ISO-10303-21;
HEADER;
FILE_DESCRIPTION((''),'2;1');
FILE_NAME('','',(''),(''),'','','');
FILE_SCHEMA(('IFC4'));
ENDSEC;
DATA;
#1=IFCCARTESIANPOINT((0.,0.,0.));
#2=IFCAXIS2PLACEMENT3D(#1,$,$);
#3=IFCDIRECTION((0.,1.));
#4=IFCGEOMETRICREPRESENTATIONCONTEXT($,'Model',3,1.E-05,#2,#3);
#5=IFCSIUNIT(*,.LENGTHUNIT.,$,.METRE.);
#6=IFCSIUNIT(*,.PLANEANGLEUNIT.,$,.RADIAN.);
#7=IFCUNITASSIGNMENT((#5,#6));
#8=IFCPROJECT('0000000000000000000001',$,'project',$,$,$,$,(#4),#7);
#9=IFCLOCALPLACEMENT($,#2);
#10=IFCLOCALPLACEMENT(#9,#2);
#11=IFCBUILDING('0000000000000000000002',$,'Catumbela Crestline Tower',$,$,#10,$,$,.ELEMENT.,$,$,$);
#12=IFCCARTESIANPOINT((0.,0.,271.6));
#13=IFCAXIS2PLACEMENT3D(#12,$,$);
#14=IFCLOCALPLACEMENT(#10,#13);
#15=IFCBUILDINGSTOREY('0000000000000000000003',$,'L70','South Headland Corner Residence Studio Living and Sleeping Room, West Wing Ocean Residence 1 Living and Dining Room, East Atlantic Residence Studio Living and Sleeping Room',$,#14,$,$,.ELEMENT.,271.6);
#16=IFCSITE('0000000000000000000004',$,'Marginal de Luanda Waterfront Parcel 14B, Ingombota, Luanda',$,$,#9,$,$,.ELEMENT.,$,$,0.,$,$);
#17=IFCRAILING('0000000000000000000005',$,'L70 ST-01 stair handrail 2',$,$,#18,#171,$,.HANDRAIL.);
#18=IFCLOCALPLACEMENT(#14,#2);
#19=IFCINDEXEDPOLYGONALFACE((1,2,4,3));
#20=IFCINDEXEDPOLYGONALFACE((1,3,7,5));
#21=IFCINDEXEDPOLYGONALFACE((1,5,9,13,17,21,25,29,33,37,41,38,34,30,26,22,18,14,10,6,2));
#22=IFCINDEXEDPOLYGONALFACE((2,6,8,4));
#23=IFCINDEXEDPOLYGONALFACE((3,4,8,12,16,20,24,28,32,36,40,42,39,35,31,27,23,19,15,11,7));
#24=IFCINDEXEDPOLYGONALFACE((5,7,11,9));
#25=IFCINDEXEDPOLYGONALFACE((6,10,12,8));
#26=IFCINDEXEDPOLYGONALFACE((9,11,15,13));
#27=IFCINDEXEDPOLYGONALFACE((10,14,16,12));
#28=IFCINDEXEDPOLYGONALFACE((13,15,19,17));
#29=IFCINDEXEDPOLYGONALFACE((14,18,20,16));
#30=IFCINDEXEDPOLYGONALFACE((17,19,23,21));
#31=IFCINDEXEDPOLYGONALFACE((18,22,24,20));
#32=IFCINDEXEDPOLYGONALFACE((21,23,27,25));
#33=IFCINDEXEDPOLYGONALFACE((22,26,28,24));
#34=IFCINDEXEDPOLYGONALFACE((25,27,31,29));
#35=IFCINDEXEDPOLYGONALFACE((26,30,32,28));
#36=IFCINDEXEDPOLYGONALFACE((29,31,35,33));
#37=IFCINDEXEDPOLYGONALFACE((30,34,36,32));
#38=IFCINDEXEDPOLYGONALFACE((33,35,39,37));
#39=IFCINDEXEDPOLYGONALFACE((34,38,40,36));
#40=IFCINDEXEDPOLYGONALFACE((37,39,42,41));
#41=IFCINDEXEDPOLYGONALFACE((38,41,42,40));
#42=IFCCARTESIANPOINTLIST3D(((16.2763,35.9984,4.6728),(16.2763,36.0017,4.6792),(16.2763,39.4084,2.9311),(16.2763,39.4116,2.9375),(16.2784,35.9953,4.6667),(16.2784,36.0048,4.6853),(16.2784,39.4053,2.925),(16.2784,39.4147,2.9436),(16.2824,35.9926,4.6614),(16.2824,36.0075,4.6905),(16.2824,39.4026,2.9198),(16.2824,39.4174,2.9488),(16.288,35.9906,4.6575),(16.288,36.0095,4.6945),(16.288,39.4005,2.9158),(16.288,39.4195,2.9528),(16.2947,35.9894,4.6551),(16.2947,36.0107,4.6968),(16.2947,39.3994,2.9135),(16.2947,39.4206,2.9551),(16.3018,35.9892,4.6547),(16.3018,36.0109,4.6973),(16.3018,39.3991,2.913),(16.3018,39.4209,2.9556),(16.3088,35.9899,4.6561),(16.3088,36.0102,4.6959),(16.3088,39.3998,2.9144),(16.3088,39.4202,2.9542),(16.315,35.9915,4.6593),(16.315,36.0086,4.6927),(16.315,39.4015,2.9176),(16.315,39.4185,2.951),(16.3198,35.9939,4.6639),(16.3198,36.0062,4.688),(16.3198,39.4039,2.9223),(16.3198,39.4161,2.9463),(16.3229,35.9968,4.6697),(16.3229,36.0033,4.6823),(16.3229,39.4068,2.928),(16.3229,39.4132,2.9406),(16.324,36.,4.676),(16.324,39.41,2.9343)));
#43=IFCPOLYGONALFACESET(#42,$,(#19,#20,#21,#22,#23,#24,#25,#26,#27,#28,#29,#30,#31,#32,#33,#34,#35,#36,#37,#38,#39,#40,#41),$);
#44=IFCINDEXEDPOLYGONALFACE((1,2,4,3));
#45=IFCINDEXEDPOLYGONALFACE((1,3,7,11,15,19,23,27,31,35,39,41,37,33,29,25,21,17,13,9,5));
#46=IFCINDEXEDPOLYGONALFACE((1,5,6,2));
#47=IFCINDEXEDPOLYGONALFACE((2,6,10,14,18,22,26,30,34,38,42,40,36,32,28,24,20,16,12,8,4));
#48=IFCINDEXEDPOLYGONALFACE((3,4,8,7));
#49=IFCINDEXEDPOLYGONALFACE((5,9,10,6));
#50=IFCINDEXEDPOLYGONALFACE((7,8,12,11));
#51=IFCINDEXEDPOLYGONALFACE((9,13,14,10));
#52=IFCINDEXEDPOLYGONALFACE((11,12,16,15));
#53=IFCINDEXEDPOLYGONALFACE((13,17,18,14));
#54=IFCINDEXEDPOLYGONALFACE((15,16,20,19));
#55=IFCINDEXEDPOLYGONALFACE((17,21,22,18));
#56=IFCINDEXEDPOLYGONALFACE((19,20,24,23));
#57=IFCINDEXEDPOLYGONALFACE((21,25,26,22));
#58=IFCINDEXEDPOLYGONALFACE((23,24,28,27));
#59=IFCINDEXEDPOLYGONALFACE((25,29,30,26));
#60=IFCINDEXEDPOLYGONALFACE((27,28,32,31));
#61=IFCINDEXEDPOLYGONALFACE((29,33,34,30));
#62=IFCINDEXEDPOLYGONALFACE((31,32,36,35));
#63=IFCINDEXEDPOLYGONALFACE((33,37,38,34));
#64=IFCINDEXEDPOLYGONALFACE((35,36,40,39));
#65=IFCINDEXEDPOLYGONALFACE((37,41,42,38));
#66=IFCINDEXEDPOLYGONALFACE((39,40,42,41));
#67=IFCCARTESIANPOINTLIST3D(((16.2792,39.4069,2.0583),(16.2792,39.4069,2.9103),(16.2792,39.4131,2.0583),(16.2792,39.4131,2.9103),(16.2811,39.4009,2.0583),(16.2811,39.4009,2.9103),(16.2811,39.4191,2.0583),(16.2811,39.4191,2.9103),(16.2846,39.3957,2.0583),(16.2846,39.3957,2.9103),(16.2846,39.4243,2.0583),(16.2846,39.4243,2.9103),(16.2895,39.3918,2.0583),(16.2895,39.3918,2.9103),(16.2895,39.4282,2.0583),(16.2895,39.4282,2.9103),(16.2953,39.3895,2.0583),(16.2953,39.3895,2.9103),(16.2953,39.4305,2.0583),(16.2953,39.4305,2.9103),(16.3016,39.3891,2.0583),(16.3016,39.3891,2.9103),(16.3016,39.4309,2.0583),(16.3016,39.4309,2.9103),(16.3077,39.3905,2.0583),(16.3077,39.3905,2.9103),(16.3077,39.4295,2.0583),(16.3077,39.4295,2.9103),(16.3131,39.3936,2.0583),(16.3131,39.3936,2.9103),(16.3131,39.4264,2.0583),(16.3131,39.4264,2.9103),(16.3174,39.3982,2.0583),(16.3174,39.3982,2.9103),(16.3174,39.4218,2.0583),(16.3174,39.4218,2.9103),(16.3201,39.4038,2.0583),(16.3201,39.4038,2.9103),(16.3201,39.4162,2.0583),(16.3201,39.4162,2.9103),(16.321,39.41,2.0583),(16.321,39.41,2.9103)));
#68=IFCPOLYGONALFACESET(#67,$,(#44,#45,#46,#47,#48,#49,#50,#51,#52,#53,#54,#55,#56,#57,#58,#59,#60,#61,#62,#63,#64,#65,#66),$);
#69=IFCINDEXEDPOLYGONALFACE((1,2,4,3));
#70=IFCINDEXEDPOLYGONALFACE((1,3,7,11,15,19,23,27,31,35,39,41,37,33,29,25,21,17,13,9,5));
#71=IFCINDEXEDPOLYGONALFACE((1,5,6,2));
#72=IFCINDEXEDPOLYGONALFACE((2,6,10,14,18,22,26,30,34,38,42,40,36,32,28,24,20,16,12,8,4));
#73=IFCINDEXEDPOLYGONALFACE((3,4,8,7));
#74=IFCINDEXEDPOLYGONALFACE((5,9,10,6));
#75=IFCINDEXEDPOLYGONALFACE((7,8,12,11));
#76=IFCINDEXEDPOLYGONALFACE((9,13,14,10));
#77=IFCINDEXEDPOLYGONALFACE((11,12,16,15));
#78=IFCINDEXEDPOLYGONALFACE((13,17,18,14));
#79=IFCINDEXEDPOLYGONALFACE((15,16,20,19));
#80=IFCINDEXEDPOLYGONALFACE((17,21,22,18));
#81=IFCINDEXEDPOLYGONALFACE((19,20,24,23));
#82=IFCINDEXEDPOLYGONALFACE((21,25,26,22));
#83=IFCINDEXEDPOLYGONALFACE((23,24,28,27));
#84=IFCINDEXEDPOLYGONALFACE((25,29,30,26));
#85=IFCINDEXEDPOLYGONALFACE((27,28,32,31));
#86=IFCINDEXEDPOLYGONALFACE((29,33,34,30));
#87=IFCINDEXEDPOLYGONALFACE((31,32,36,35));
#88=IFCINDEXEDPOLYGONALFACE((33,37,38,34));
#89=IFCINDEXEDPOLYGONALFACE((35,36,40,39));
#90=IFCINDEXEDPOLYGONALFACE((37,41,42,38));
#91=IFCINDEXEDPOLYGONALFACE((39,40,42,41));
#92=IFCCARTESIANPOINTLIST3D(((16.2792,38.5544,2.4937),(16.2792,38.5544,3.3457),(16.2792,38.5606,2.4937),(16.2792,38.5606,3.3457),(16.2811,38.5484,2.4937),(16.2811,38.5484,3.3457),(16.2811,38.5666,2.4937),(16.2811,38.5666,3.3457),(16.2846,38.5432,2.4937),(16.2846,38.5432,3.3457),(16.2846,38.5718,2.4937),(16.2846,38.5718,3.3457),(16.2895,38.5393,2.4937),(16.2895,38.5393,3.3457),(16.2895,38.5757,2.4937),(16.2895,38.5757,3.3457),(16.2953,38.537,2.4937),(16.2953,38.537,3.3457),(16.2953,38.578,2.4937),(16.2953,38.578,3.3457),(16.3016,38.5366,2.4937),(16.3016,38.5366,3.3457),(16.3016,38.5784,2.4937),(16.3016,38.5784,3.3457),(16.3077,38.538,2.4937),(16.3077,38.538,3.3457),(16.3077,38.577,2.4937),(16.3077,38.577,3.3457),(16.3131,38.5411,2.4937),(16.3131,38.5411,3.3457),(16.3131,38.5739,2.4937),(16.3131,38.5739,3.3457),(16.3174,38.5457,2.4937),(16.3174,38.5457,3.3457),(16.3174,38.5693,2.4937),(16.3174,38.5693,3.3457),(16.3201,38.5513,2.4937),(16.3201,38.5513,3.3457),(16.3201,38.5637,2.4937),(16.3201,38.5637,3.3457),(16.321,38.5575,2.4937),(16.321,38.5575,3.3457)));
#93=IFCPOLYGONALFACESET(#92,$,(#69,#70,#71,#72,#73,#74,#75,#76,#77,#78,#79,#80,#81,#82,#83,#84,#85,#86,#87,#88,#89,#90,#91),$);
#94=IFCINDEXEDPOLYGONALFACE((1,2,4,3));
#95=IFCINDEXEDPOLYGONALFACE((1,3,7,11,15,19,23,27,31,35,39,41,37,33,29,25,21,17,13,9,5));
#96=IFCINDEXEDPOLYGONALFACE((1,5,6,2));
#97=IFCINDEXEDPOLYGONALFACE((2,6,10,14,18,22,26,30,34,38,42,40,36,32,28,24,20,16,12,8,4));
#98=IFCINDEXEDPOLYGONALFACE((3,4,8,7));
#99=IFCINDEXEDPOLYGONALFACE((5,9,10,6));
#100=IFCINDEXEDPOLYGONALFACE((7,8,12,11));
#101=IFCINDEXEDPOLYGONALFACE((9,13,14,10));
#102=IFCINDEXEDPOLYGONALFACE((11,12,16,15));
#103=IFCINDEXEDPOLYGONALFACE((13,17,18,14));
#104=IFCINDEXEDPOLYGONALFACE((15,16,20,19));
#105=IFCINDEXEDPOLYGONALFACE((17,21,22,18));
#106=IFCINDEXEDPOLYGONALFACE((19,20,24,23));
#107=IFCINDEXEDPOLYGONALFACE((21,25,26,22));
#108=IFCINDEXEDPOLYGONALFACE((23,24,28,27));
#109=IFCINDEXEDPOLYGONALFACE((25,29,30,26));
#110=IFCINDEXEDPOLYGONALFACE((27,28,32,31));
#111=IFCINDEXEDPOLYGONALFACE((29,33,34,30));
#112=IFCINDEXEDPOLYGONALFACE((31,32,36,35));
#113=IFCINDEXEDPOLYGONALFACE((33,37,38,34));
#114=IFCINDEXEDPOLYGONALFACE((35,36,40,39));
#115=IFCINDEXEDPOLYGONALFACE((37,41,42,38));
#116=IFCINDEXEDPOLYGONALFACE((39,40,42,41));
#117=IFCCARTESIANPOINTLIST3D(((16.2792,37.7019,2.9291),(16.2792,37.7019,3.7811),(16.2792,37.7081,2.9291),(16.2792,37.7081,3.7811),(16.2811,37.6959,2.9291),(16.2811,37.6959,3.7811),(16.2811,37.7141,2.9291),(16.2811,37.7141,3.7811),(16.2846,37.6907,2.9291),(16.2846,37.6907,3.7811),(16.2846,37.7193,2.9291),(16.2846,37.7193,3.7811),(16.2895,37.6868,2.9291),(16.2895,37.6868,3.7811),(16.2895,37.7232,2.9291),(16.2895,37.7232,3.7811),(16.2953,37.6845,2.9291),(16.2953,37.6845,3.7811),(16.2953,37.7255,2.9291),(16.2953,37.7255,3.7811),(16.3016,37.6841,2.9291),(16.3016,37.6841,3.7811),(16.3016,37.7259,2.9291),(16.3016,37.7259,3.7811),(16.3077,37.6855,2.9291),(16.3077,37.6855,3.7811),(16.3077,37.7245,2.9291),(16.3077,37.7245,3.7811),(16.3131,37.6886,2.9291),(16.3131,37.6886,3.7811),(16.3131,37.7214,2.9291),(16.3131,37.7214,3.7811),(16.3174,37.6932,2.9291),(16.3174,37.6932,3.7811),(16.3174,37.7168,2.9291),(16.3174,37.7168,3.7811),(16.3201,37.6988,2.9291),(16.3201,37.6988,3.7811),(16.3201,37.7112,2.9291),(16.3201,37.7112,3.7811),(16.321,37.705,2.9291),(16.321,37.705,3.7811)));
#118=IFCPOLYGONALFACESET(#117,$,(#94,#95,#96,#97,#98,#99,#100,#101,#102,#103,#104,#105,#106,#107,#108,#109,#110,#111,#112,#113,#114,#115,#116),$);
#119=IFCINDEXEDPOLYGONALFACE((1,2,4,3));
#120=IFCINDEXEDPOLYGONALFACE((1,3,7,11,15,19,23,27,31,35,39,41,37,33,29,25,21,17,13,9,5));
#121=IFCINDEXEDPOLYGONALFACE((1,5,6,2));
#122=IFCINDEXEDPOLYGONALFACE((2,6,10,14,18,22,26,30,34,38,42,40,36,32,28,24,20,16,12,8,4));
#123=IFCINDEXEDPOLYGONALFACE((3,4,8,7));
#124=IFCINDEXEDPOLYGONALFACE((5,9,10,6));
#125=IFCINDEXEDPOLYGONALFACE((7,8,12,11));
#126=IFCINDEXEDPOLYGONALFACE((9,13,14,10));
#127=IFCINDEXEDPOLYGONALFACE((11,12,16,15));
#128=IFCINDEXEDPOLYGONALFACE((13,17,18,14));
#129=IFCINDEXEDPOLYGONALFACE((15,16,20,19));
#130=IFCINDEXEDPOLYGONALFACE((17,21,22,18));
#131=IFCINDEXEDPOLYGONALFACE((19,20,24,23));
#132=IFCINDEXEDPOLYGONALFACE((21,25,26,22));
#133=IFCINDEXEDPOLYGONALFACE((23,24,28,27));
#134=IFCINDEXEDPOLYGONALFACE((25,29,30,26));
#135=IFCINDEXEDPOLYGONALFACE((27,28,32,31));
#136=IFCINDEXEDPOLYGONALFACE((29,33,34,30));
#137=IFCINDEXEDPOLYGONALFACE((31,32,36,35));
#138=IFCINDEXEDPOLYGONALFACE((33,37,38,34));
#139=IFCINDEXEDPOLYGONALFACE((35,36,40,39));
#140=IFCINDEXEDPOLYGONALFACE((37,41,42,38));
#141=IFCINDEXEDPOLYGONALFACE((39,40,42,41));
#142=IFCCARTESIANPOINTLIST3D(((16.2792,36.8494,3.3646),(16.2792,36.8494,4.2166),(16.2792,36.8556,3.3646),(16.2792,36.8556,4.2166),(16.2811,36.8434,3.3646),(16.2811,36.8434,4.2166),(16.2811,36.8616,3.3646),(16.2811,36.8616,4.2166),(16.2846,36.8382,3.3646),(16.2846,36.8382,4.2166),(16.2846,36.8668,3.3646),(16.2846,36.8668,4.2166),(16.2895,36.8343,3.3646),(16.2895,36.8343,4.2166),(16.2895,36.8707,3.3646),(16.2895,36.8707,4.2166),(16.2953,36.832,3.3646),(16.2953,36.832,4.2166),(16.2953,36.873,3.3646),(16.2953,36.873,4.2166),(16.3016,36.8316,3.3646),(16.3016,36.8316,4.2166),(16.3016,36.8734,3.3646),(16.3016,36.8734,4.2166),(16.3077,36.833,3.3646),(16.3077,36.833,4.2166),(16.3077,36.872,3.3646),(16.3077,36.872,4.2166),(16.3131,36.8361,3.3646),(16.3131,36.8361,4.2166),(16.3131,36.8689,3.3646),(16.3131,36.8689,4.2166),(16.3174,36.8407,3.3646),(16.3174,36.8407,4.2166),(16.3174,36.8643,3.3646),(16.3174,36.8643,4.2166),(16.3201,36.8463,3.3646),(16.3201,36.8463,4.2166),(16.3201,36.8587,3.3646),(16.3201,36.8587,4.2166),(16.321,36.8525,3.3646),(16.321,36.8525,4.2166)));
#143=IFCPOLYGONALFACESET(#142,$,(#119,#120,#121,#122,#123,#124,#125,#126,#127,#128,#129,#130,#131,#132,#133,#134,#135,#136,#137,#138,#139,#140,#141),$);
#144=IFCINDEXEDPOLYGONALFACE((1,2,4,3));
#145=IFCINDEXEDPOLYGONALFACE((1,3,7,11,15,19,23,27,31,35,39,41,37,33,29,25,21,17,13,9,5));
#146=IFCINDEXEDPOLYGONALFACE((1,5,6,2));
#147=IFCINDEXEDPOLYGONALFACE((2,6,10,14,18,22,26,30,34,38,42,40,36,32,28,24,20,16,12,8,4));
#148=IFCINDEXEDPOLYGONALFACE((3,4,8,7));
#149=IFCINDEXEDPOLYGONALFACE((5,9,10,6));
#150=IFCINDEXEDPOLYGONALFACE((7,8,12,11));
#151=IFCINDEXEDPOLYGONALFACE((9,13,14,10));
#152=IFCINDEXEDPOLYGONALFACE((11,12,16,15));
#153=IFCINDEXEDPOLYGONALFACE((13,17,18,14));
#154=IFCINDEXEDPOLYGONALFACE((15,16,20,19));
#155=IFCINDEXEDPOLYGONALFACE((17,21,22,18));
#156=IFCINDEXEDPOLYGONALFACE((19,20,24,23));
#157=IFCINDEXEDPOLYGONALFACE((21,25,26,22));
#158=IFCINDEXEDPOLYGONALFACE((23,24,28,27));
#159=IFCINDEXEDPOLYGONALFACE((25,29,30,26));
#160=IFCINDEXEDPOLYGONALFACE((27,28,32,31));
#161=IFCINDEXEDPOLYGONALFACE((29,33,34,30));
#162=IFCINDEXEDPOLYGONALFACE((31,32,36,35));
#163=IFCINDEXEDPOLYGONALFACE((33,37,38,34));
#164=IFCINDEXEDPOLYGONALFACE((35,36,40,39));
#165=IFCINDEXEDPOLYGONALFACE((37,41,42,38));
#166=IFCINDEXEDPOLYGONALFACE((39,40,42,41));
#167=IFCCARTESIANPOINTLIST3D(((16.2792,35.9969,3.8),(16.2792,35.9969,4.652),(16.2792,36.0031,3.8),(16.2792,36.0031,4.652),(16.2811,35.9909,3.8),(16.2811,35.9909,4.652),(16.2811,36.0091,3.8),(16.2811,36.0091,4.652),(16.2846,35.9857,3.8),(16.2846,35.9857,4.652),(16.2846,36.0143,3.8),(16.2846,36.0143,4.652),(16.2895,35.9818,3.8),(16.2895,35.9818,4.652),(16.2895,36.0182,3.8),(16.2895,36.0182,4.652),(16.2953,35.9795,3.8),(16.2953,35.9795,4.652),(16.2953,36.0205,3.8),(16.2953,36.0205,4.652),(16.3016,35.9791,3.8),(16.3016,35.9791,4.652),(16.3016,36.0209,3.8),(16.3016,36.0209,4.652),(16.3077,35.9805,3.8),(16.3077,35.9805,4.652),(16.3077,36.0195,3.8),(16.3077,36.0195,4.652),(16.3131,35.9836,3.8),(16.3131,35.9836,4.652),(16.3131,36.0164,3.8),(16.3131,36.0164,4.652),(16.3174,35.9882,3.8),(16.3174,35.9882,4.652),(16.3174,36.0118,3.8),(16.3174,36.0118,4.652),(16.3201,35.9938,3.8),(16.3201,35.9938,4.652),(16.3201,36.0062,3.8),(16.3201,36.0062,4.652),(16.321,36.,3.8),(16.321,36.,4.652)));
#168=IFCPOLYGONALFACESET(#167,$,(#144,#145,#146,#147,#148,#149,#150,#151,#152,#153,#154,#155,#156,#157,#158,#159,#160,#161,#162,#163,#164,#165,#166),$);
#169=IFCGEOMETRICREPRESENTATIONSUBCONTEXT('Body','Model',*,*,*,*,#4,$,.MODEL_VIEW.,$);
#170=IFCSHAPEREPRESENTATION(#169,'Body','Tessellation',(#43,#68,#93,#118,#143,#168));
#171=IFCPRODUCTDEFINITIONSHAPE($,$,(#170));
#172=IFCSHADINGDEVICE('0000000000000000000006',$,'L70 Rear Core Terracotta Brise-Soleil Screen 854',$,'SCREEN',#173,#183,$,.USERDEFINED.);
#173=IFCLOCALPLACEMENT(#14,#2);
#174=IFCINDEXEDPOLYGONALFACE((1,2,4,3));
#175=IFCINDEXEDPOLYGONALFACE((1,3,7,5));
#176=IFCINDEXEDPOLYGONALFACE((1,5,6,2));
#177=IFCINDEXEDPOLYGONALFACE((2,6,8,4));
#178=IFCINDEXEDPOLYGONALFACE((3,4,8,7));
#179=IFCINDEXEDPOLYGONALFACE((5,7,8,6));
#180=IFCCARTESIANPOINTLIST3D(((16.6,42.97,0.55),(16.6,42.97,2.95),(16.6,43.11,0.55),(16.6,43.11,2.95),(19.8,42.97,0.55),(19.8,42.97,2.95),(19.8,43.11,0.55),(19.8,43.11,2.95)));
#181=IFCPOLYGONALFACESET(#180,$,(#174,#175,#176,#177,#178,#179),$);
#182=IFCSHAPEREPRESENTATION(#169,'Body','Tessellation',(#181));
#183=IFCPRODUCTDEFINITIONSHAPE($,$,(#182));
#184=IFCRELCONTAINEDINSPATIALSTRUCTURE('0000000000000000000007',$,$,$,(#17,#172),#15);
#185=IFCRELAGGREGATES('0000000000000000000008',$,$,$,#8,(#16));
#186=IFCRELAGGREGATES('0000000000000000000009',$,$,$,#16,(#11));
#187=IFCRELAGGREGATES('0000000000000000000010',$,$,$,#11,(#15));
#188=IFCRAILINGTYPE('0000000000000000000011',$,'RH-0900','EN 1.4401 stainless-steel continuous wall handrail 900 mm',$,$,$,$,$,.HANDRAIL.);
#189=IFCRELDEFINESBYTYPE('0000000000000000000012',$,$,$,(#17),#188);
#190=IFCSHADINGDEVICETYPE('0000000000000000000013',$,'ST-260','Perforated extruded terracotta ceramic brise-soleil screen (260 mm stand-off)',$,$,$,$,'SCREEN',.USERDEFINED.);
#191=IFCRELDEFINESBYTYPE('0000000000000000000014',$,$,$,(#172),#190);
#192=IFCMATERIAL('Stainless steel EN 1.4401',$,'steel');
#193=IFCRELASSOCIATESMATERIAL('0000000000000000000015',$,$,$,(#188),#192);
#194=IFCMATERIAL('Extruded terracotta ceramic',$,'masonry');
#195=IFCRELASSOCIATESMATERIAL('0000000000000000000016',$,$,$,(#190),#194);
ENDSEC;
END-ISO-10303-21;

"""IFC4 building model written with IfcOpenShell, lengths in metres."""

from ifc_helpers import new_model, si_unit, direction, frame, origin, origin_2d, place, context, subcontext, project, spatial, rectangle, circle, extrude, material, type_object, element, save


model = new_model("IFC4")

# Units and contexts
model_context = context("Model", 3, precision=1e-05, world=origin(), true_north=direction((0.0, 1.0)))
body_context = subcontext(model_context, "Body", "Model", "MODEL_VIEW")
ifc_project = project(units=[si_unit("LENGTHUNIT", "METRE"), si_unit("PLANEANGLEUNIT", "RADIAN")], contexts=[model_context])

# Site, building, storey
site_placement = place(None, origin())
site = spatial("IfcSite", under=ifc_project, at=site_placement, Name="Marginal de Luanda Waterfront Parcel 14B, Ingombota, Luanda", CompositionType="ELEMENT", RefElevation=0.0)
building_placement = place(site_placement, origin())
building = spatial("IfcBuilding", under=site, at=building_placement, Name="Catumbela Crestline Tower", CompositionType="ELEMENT")
storey_placement = place(building_placement, frame((0.0, 0.0, 271.6)))
storey = spatial("IfcBuildingStorey", under=building, at=storey_placement, Name="L70", Description="South Headland Corner Residence Studio Living and Sleeping Room, West Wing Ocean Residence 1 Living and Dining Room, East Atlantic Residence Studio Living and Sleeping Room", CompositionType="ELEMENT", Elevation=271.6)

# Shared definitions
ifc_material_1 = material(Name="Stainless steel EN 1.4401", Category="steel")

# Railing
railing_type_1 = type_object("IfcRailingType", Name="RH-0900", Description="EN 1.4401 stainless-steel continuous wall handrail 900 mm", PredefinedType="HANDRAIL", material=ifc_material_1)
railing_1_placement = place(storey_placement, frame((16.3, 39.41, 2.0583)))
element("IfcRailing", 1, at=railing_1_placement, inside=storey, type_object=railing_type_1, Name="L70 ST-01 stair handrail 2", PredefinedType="HANDRAIL", context=body_context, shape_type="SweptSolid", body=[
    extrude(circle(Radius=0.024, at=origin_2d()), frame((0.0, 0.0, 0.876), z_axis=(0.0, -0.89056, 0.454865), x_axis=(1.0, 0.0, 0.0)), (0.0, 0.0, 1.0), 3.829),
    extrude(circle(Radius=0.021, at=origin_2d()), origin(), (0.0, 0.0, 1.0), 0.852),
    extrude(circle(Radius=0.021, at=origin_2d()), frame((0.0, -0.8525, 0.4354)), (0.0, 0.0, 1.0), 0.852),
    extrude(circle(Radius=0.021, at=origin_2d()), frame((0.0, -1.705, 0.8708)), (0.0, 0.0, 1.0), 0.852),
    extrude(circle(Radius=0.021, at=origin_2d()), frame((0.0, -2.5575, 1.3063)), (0.0, 0.0, 1.0), 0.852),
    extrude(circle(Radius=0.021, at=origin_2d()), frame((0.0, -3.41, 1.7417)), (0.0, 0.0, 1.0), 0.852),
])

# Shading device
ifc_material_2 = material(Name="Extruded terracotta ceramic", Category="masonry")
shading_device_type = type_object("IfcShadingDeviceType", Name="ST-260", Description="Perforated extruded terracotta ceramic brise-soleil screen (260 mm stand-off)", ElementType="SCREEN", PredefinedType="USERDEFINED", material=ifc_material_2)
shading_device_placement = place(storey_placement, frame((18.2, 43.04, 0.55), z_axis=(0.0, 0.0, 1.0), x_axis=(1.0, 0.0, 0.0)))
element("IfcShadingDevice", 2, at=shading_device_placement, inside=storey, type_object=shading_device_type, Name="L70 Rear Core Terracotta Brise-Soleil Screen 854", ObjectType="SCREEN", PredefinedType="USERDEFINED", context=body_context, shape_type="SweptSolid", body=[
    extrude(rectangle(XDim=3.2, YDim=0.14, at=origin_2d()), origin(), (0.0, 0.0, 1.0), 2.4),
])

save(model, "model.ifc")
